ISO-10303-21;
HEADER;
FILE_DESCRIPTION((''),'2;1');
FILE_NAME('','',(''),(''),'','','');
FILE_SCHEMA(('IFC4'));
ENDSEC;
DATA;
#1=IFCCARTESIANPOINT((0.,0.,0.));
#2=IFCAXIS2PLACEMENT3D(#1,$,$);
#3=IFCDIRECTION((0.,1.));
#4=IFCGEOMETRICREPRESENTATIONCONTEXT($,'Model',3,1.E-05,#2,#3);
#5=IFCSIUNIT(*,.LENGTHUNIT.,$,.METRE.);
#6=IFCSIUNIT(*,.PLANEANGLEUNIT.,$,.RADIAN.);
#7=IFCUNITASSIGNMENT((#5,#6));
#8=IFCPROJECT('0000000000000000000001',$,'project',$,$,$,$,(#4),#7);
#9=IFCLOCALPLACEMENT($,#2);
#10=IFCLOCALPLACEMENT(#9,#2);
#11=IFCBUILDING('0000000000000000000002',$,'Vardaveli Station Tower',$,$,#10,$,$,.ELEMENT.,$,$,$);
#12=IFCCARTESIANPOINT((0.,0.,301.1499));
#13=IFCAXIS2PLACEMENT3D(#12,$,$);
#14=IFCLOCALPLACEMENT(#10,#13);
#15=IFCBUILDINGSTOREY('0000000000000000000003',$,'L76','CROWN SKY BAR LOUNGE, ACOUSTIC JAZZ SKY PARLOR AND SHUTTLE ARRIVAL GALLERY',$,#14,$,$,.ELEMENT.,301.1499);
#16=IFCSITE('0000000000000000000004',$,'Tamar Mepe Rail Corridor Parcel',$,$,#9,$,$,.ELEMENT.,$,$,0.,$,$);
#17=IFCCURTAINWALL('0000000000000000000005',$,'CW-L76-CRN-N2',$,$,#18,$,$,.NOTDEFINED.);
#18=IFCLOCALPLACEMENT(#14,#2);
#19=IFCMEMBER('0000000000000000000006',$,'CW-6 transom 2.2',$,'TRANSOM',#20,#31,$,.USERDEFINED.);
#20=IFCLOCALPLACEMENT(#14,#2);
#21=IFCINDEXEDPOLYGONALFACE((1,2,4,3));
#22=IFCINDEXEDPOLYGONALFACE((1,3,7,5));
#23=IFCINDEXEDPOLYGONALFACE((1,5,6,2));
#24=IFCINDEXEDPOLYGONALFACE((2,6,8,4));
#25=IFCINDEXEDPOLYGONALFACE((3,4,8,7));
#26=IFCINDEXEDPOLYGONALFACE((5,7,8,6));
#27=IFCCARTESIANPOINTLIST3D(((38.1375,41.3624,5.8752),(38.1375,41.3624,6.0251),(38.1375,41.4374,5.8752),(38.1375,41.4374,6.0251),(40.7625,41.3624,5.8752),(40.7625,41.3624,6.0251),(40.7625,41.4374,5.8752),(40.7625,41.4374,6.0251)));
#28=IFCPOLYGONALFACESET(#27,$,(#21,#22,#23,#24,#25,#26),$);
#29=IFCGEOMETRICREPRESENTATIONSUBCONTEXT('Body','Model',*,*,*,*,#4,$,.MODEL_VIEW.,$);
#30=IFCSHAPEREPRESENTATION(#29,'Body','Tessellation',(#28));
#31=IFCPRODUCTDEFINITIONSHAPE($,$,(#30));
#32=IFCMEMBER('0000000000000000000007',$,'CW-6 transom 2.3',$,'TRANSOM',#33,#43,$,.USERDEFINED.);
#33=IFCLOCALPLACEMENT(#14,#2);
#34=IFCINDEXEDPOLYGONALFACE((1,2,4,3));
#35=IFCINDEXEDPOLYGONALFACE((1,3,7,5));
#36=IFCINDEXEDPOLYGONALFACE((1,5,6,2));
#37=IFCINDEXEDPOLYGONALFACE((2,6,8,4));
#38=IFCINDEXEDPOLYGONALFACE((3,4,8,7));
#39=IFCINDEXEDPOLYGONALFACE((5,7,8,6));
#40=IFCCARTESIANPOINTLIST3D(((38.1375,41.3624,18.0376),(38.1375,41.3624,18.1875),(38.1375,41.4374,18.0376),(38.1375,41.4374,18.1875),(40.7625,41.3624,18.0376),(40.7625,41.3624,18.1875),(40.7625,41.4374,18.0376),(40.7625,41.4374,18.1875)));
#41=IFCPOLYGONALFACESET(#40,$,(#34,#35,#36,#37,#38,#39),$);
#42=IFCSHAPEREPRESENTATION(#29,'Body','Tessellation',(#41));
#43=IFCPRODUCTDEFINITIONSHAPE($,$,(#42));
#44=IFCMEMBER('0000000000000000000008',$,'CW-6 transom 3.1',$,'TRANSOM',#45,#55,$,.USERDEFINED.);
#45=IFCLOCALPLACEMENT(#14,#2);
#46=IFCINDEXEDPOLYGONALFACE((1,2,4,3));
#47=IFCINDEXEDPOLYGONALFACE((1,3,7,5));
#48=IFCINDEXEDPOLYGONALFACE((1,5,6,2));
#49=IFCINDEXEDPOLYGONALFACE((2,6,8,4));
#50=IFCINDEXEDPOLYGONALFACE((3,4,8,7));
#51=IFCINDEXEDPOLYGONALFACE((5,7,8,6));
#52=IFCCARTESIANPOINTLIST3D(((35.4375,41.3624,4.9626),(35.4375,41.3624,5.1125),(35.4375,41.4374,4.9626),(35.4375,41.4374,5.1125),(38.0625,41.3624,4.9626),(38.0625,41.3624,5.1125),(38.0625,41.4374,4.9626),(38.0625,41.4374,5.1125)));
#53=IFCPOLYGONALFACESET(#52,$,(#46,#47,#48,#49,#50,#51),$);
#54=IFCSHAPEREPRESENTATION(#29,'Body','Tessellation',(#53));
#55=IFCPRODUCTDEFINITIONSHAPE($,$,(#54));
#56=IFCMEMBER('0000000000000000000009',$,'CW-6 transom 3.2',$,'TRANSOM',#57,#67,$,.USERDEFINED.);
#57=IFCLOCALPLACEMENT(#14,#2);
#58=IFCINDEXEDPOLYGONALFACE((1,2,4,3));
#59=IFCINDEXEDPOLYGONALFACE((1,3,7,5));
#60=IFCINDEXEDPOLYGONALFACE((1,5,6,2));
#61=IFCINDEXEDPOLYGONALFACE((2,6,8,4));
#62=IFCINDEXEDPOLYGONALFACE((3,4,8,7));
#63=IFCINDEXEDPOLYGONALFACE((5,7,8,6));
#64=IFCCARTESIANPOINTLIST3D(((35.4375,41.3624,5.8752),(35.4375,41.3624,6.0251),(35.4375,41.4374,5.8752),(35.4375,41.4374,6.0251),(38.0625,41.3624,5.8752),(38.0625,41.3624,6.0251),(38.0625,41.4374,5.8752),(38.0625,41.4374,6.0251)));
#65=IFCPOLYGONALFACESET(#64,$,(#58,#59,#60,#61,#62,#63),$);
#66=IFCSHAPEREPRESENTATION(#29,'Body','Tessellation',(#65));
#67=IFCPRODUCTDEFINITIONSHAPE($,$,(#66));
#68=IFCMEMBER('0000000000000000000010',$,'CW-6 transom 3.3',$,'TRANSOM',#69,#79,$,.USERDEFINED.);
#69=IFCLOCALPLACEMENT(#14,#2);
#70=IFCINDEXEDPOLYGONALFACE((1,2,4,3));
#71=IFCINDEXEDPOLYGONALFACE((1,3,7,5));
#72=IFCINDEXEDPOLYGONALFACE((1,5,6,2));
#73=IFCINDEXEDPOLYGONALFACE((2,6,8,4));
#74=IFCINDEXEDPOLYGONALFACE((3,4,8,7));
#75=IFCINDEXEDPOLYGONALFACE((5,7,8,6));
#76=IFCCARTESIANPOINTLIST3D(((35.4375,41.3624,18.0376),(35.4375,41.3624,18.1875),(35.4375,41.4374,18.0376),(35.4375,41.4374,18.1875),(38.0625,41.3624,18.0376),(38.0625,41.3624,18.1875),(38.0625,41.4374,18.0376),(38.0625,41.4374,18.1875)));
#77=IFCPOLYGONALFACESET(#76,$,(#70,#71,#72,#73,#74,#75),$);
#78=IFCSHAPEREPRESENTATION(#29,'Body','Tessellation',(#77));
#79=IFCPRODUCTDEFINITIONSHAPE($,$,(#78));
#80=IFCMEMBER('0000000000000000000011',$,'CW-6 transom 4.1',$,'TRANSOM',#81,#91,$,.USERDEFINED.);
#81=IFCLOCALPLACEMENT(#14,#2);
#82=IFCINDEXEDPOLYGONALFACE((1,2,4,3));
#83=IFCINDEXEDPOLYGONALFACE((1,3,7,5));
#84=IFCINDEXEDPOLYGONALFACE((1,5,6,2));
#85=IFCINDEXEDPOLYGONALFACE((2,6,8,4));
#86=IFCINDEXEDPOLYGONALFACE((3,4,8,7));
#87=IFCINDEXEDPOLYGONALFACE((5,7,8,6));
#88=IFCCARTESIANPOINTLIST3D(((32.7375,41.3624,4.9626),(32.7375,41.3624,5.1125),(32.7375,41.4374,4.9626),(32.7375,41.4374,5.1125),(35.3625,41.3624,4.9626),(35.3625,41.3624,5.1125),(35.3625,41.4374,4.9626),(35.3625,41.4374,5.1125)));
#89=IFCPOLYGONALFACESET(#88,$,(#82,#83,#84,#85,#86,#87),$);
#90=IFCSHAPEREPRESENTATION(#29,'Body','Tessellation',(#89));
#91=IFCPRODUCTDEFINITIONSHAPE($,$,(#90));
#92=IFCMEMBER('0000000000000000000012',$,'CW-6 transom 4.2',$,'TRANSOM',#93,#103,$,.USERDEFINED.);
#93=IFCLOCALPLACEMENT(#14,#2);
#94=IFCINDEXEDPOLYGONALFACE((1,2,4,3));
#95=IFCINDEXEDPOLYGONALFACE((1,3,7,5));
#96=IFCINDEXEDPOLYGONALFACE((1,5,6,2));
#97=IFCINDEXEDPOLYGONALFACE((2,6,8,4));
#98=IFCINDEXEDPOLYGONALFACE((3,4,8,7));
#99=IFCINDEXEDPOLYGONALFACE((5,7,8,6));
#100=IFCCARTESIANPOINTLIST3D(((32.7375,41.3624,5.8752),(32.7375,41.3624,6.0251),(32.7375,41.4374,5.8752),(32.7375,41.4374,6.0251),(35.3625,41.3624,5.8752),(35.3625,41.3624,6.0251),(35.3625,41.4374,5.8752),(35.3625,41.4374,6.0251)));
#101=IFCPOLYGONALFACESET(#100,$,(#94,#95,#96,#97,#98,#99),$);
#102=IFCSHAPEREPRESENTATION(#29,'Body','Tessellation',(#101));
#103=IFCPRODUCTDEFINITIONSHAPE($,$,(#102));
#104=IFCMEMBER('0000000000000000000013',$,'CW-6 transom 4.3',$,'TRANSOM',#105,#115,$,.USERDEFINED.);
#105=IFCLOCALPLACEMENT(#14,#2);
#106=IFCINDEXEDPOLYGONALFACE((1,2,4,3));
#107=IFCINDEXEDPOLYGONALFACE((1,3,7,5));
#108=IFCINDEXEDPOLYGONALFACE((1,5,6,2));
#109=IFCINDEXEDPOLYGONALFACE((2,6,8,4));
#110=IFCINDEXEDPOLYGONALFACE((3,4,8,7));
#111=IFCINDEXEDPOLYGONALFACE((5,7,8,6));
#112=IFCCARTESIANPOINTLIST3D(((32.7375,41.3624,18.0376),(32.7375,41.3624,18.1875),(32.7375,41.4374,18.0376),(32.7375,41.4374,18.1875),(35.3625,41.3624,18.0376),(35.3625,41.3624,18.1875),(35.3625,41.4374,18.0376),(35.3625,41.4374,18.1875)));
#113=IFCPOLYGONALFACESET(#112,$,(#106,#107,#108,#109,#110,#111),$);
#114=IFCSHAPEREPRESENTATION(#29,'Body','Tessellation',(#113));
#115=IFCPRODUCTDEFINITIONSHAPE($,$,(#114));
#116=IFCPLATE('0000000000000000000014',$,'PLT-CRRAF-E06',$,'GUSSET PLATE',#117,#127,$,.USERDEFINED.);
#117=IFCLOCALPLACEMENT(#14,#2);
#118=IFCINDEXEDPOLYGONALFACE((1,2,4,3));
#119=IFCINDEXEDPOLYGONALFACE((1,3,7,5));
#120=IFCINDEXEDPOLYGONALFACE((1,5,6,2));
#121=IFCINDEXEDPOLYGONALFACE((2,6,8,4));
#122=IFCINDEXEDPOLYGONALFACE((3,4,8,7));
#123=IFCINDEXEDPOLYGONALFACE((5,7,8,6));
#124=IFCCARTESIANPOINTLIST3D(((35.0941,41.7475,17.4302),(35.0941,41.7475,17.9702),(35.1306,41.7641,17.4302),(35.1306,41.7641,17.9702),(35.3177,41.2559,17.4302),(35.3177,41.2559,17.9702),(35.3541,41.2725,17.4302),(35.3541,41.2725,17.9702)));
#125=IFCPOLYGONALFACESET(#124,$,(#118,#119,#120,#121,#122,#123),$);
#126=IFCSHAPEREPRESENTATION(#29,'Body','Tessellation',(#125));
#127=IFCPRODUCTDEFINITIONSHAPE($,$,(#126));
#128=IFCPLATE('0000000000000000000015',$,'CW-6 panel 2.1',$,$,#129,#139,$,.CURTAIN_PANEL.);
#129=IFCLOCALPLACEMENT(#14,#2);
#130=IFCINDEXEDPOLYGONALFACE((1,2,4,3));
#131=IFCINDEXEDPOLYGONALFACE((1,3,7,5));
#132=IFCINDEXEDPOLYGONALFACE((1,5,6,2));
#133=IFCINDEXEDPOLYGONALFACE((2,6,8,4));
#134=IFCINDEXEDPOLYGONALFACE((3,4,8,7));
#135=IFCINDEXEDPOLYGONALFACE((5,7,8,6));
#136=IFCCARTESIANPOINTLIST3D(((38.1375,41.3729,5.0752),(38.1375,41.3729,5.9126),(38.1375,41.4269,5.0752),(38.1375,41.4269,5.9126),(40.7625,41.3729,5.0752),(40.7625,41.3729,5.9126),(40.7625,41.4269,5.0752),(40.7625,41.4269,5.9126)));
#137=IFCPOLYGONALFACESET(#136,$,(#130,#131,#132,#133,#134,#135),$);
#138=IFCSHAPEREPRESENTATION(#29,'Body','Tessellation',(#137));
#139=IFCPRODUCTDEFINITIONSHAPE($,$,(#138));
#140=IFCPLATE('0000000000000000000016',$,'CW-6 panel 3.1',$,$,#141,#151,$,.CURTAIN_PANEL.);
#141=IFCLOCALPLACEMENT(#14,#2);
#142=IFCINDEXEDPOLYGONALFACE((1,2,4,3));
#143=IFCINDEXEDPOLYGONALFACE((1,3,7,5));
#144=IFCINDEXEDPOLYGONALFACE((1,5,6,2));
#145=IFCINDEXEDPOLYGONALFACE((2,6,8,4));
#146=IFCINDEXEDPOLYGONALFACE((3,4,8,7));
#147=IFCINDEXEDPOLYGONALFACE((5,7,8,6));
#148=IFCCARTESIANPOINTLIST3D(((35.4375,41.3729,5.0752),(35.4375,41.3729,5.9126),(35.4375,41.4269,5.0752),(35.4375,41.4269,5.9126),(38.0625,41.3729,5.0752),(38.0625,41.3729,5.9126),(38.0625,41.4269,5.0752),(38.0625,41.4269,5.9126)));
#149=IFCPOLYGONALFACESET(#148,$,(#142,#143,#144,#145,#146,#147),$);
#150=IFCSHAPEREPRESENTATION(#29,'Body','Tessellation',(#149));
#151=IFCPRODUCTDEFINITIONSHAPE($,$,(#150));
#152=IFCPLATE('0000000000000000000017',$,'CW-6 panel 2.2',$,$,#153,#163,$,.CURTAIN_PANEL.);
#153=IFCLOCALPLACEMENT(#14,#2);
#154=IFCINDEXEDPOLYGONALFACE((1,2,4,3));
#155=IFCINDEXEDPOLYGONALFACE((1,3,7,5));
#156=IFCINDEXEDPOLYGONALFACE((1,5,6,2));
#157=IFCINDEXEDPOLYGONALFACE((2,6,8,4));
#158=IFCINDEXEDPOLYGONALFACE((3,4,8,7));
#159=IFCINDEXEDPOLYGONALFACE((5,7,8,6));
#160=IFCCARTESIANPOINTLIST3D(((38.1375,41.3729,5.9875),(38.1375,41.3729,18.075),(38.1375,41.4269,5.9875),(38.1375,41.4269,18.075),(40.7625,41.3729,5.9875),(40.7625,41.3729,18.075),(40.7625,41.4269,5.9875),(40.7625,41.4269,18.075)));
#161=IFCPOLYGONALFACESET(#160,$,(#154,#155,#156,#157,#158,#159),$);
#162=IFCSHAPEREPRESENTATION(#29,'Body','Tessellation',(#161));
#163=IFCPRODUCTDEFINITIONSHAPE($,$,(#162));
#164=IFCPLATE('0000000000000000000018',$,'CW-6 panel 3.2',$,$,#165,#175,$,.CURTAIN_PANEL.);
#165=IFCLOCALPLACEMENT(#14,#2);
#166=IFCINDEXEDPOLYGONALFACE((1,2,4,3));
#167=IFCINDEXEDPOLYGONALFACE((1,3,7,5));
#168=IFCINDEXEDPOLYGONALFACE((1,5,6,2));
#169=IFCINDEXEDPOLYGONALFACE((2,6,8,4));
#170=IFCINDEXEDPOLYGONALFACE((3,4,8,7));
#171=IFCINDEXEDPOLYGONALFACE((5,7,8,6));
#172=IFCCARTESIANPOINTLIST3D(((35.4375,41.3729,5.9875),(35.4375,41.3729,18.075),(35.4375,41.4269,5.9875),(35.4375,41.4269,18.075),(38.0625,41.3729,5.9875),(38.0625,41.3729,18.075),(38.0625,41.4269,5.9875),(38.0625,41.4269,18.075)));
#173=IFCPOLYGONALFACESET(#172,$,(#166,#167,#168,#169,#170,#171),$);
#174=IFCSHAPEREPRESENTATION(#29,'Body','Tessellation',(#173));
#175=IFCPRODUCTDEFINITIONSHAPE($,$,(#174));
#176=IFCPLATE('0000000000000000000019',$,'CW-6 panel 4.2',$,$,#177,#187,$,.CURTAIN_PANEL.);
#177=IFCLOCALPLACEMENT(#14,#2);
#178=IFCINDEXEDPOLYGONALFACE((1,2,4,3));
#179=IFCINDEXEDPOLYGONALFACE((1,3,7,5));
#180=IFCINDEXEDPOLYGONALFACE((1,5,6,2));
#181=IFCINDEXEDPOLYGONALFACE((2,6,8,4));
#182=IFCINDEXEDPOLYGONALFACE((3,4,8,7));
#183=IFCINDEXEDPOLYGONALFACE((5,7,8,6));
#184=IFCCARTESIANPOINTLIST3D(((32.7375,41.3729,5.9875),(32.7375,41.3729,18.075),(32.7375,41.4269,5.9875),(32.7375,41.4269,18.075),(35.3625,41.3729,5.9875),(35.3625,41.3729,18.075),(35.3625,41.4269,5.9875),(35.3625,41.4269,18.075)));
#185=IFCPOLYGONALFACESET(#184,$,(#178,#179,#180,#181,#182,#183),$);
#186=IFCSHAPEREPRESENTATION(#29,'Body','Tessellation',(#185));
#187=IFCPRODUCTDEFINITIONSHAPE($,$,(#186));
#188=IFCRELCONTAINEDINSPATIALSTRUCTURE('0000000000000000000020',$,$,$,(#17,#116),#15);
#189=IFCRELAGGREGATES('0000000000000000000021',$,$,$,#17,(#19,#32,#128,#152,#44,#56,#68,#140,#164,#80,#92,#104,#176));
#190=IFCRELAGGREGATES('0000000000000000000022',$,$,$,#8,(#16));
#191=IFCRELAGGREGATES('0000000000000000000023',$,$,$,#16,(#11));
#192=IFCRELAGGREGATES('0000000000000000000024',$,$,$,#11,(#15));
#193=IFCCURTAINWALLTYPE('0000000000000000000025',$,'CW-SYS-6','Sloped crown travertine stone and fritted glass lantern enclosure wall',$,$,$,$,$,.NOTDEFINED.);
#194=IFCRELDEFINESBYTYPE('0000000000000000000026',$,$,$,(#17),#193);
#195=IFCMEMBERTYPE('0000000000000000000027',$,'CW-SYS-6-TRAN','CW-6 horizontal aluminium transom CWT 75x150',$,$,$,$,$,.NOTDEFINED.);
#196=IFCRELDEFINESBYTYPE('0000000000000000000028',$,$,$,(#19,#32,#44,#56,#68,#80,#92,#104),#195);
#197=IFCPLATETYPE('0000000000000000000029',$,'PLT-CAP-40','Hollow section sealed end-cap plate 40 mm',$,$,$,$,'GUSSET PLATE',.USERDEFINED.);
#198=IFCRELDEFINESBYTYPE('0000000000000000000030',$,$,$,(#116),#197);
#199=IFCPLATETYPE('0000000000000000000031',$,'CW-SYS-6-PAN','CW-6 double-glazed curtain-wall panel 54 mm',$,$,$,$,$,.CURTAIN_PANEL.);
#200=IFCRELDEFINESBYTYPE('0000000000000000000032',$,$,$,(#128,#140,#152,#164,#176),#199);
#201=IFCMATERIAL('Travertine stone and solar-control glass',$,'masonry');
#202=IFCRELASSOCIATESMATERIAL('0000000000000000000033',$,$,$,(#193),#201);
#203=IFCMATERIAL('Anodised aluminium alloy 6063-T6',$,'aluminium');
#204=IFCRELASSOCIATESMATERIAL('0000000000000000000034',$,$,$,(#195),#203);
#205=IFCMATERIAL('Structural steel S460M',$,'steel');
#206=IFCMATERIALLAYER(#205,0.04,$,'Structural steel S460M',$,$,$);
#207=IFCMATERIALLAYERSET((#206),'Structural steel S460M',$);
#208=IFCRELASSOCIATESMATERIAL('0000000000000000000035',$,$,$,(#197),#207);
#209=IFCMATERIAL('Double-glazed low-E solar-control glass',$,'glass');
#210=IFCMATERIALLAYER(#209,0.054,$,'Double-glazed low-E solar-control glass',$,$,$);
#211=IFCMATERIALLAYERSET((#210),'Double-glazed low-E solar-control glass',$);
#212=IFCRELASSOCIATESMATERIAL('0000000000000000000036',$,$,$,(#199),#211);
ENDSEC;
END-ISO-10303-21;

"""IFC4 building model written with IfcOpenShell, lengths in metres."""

from ifc_helpers import new_model, si_unit, direction, frame, origin, origin_2d, place, context, subcontext, project, spatial, rectangle, extrude, source, transform, mapped, material, layer, layer_set, material_profile, profile_set, type_object, element, aggregate, save


model = new_model("IFC4")

# Units and contexts
model_context = context("Model", 3, precision=1e-05, world=origin(), true_north=direction((0.0, 1.0)))
body_context = subcontext(model_context, "Body", "Model", "MODEL_VIEW")
ifc_project = project(units=[si_unit("LENGTHUNIT", "METRE"), si_unit("PLANEANGLEUNIT", "RADIAN")], contexts=[model_context])

# Site, building, storey
site_placement = place(None, origin())
site = spatial("IfcSite", under=ifc_project, at=site_placement, Name="Tamar Mepe Rail Corridor Parcel", CompositionType="ELEMENT", RefElevation=0.0)
building_placement = place(site_placement, origin())
building = spatial("IfcBuilding", under=site, at=building_placement, Name="Vardaveli Station Tower", CompositionType="ELEMENT")
storey_placement = place(building_placement, frame((0.0, 0.0, 301.1499)))
storey = spatial("IfcBuildingStorey", under=building, at=storey_placement, Name="L76", Description="CROWN SKY BAR LOUNGE, ACOUSTIC JAZZ SKY PARLOR AND SHUTTLE ARRIVAL GALLERY", CompositionType="ELEMENT", Elevation=301.1499)

# Shared definitions
ifc_material_1 = material(Name="Structural steel S460M", Category="steel")

# Curtain wall, members
ifc_material_2 = material(Name="Travertine stone and solar-control glass", Category="masonry")
curtain_wall_type = type_object("IfcCurtainWallType", Name="CW-SYS-6", Description="Sloped crown travertine stone and fritted glass lantern enclosure wall", PredefinedType="NOTDEFINED", material=ifc_material_2)
curtain_wall_placement = place(storey_placement, origin())
curtain_wall = element("IfcCurtainWall", 1, at=curtain_wall_placement, inside=storey, type_object=curtain_wall_type, Name="CW-L76-CRN-N2", PredefinedType="NOTDEFINED")
ifc_material_3 = material(Name="Anodised aluminium alloy 6063-T6", Category="aluminium")
ifc_material_profile_1 = material_profile(ifc_material_3, rectangle(XDim=0.075, YDim=0.1499, at=origin_2d()), Name="CWT 75x150")
ifc_profile_set_1 = profile_set([ifc_material_profile_1], Name="Anodised aluminium alloy 6063-T6")
member_type_1 = type_object("IfcMemberType", Name="CW-SYS-6-TRAN", Description="CW-6 horizontal aluminium transom CWT 75x150", PredefinedType="NOTDEFINED", material=ifc_profile_set_1)
shared_shape_1 = source(origin(), body_context, "Body", "SweptSolid", [
    extrude(rectangle(XDim=0.075, YDim=0.1499, at=origin_2d()), origin(), (0.0, 0.0, 1.0), 2.625),
])
member_1_placement = place(storey_placement, frame((40.7625, 41.3999, 5.9502), z_axis=(-1.0, 0.0, 0.0), x_axis=(0.0, -1.0, 0.0)))
member_1 = element("IfcMember", 2, at=member_1_placement, type_object=member_type_1, Name="CW-6 transom 2.2", ObjectType="TRANSOM", PredefinedType="USERDEFINED", context=body_context, shape_type="MappedRepresentation", body=[
    mapped(shared_shape_1, transform((0.0, 0.0, 0.0), scale=1.0)),
])
member_2_placement = place(storey_placement, frame((40.7625, 41.3999, 18.1125), z_axis=(-1.0, 0.0, 0.0), x_axis=(0.0, -1.0, 0.0)))
member_2 = element("IfcMember", 3, at=member_2_placement, type_object=member_type_1, Name="CW-6 transom 2.3", ObjectType="TRANSOM", PredefinedType="USERDEFINED", context=body_context, shape_type="MappedRepresentation", body=[
    mapped(shared_shape_1, transform((0.0, 0.0, 0.0), scale=1.0)),
])
member_3_placement = place(storey_placement, frame((38.0625, 41.3999, 5.0376), z_axis=(-1.0, 0.0, 0.0), x_axis=(0.0, -1.0, 0.0)))
member_3 = element("IfcMember", 4, at=member_3_placement, type_object=member_type_1, Name="CW-6 transom 3.1", ObjectType="TRANSOM", PredefinedType="USERDEFINED", context=body_context, shape_type="MappedRepresentation", body=[
    mapped(shared_shape_1, transform((0.0, 0.0, 0.0), scale=1.0)),
])
member_4_placement = place(storey_placement, frame((38.0625, 41.3999, 5.9502), z_axis=(-1.0, 0.0, 0.0), x_axis=(0.0, -1.0, 0.0)))
member_4 = element("IfcMember", 5, at=member_4_placement, type_object=member_type_1, Name="CW-6 transom 3.2", ObjectType="TRANSOM", PredefinedType="USERDEFINED", context=body_context, shape_type="MappedRepresentation", body=[
    mapped(shared_shape_1, transform((0.0, 0.0, 0.0), scale=1.0)),
])
member_5_placement = place(storey_placement, frame((38.0625, 41.3999, 18.1125), z_axis=(-1.0, 0.0, 0.0), x_axis=(0.0, -1.0, 0.0)))
member_5 = element("IfcMember", 6, at=member_5_placement, type_object=member_type_1, Name="CW-6 transom 3.3", ObjectType="TRANSOM", PredefinedType="USERDEFINED", context=body_context, shape_type="MappedRepresentation", body=[
    mapped(shared_shape_1, transform((0.0, 0.0, 0.0), scale=1.0)),
])
member_6_placement = place(storey_placement, frame((35.3625, 41.3999, 5.0376), z_axis=(-1.0, 0.0, 0.0), x_axis=(0.0, -1.0, 0.0)))
member_6 = element("IfcMember", 7, at=member_6_placement, type_object=member_type_1, Name="CW-6 transom 4.1", ObjectType="TRANSOM", PredefinedType="USERDEFINED", context=body_context, shape_type="MappedRepresentation", body=[
    mapped(shared_shape_1, transform((0.0, 0.0, 0.0), scale=1.0)),
])
member_7_placement = place(storey_placement, frame((35.3625, 41.3999, 5.9502), z_axis=(-1.0, 0.0, 0.0), x_axis=(0.0, -1.0, 0.0)))
member_7 = element("IfcMember", 8, at=member_7_placement, type_object=member_type_1, Name="CW-6 transom 4.2", ObjectType="TRANSOM", PredefinedType="USERDEFINED", context=body_context, shape_type="MappedRepresentation", body=[
    mapped(shared_shape_1, transform((0.0, 0.0, 0.0), scale=1.0)),
])
member_8_placement = place(storey_placement, frame((35.3625, 41.3999, 18.1125), z_axis=(-1.0, 0.0, 0.0), x_axis=(0.0, -1.0, 0.0)))
member_8 = element("IfcMember", 9, at=member_8_placement, type_object=member_type_1, Name="CW-6 transom 4.3", ObjectType="TRANSOM", PredefinedType="USERDEFINED", context=body_context, shape_type="MappedRepresentation", body=[
    mapped(shared_shape_1, transform((0.0, 0.0, 0.0), scale=1.0)),
])

# Plates
ifc_layer_1 = layer(ifc_material_1, 0.04, Name="Structural steel S460M")
ifc_layer_set_1 = layer_set([ifc_layer_1], Name="Structural steel S460M")
plate_type_1 = type_object("IfcPlateType", Name="PLT-CAP-40", Description="Hollow section sealed end-cap plate 40 mm", ElementType="GUSSET PLATE", PredefinedType="USERDEFINED", material=ifc_layer_set_1)
shared_shape_2 = source(origin(), body_context, "Body", "SweptSolid", [
    extrude(rectangle(XDim=0.54, YDim=0.04, at=origin_2d()), origin(), (0.0, 0.0, 1.0), 0.54),
])
plate_1_placement = place(storey_placement, frame((35.2241, 41.51, 17.4302), z_axis=(0.0, 0.0, 1.0), x_axis=(0.413899, -0.910323, 0.0)))
element("IfcPlate", 10, at=plate_1_placement, inside=storey, type_object=plate_type_1, Name="PLT-CRRAF-E06", ObjectType="GUSSET PLATE", PredefinedType="USERDEFINED", context=body_context, shape_type="MappedRepresentation", body=[
    mapped(shared_shape_2, transform((0.0, 0.0, 0.0), scale=1.0)),
])
ifc_material_4 = material(Name="Double-glazed low-E solar-control glass", Category="glass")
ifc_layer_2 = layer(ifc_material_4, 0.054, Name="Double-glazed low-E solar-control glass")
ifc_layer_set_2 = layer_set([ifc_layer_2], Name="Double-glazed low-E solar-control glass")
plate_type_2 = type_object("IfcPlateType", Name="CW-SYS-6-PAN", Description="CW-6 double-glazed curtain-wall panel 54 mm", PredefinedType="CURTAIN_PANEL", material=ifc_layer_set_2)
shared_shape_3 = source(origin(), body_context, "Body", "SweptSolid", [
    extrude(rectangle(XDim=2.625, YDim=0.054, at=origin_2d()), origin(), (0.0, 0.0, 1.0), 0.8374),
])
plate_2_placement = place(storey_placement, frame((39.45, 41.3999, 5.0752), z_axis=(0.0, 0.0, 1.0), x_axis=(-1.0, 0.0, 0.0)))
plate_2 = element("IfcPlate", 11, at=plate_2_placement, type_object=plate_type_2, Name="CW-6 panel 2.1", PredefinedType="CURTAIN_PANEL", context=body_context, shape_type="MappedRepresentation", body=[
    mapped(shared_shape_3, transform((0.0, 0.0, 0.0), scale=1.0)),
])
plate_3_placement = place(storey_placement, frame((36.75, 41.3999, 5.0752), z_axis=(0.0, 0.0, 1.0), x_axis=(-1.0, 0.0, 0.0)))
plate_3 = element("IfcPlate", 12, at=plate_3_placement, type_object=plate_type_2, Name="CW-6 panel 3.1", PredefinedType="CURTAIN_PANEL", context=body_context, shape_type="MappedRepresentation", body=[
    mapped(shared_shape_3, transform((0.0, 0.0, 0.0), scale=1.0)),
])
shared_shape_4 = source(origin(), body_context, "Body", "SweptSolid", [
    extrude(rectangle(XDim=2.625, YDim=0.054, at=origin_2d()), origin(), (0.0, 0.0, 1.0), 12.0874),
])
plate_4_placement = place(storey_placement, frame((39.45, 41.3999, 5.9875), z_axis=(0.0, 0.0, 1.0), x_axis=(-1.0, 0.0, 0.0)))
plate_4 = element("IfcPlate", 13, at=plate_4_placement, type_object=plate_type_2, Name="CW-6 panel 2.2", PredefinedType="CURTAIN_PANEL", context=body_context, shape_type="MappedRepresentation", body=[
    mapped(shared_shape_4, transform((0.0, 0.0, 0.0), scale=1.0)),
])
plate_5_placement = place(storey_placement, frame((36.75, 41.3999, 5.9875), z_axis=(0.0, 0.0, 1.0), x_axis=(-1.0, 0.0, 0.0)))
plate_5 = element("IfcPlate", 14, at=plate_5_placement, type_object=plate_type_2, Name="CW-6 panel 3.2", PredefinedType="CURTAIN_PANEL", context=body_context, shape_type="MappedRepresentation", body=[
    mapped(shared_shape_4, transform((0.0, 0.0, 0.0), scale=1.0)),
])
plate_6_placement = place(storey_placement, frame((34.05, 41.3999, 5.9875), z_axis=(0.0, 0.0, 1.0), x_axis=(-1.0, 0.0, 0.0)))
plate_6 = element("IfcPlate", 15, at=plate_6_placement, type_object=plate_type_2, Name="CW-6 panel 4.2", PredefinedType="CURTAIN_PANEL", context=body_context, shape_type="MappedRepresentation", body=[
    mapped(shared_shape_4, transform((0.0, 0.0, 0.0), scale=1.0)),
])
aggregate(curtain_wall, [member_1, member_2, plate_2, plate_4, member_3, member_4, member_5, plate_3, plate_5, member_6, member_7, member_8, plate_6])

save(model, "model.ifc")
